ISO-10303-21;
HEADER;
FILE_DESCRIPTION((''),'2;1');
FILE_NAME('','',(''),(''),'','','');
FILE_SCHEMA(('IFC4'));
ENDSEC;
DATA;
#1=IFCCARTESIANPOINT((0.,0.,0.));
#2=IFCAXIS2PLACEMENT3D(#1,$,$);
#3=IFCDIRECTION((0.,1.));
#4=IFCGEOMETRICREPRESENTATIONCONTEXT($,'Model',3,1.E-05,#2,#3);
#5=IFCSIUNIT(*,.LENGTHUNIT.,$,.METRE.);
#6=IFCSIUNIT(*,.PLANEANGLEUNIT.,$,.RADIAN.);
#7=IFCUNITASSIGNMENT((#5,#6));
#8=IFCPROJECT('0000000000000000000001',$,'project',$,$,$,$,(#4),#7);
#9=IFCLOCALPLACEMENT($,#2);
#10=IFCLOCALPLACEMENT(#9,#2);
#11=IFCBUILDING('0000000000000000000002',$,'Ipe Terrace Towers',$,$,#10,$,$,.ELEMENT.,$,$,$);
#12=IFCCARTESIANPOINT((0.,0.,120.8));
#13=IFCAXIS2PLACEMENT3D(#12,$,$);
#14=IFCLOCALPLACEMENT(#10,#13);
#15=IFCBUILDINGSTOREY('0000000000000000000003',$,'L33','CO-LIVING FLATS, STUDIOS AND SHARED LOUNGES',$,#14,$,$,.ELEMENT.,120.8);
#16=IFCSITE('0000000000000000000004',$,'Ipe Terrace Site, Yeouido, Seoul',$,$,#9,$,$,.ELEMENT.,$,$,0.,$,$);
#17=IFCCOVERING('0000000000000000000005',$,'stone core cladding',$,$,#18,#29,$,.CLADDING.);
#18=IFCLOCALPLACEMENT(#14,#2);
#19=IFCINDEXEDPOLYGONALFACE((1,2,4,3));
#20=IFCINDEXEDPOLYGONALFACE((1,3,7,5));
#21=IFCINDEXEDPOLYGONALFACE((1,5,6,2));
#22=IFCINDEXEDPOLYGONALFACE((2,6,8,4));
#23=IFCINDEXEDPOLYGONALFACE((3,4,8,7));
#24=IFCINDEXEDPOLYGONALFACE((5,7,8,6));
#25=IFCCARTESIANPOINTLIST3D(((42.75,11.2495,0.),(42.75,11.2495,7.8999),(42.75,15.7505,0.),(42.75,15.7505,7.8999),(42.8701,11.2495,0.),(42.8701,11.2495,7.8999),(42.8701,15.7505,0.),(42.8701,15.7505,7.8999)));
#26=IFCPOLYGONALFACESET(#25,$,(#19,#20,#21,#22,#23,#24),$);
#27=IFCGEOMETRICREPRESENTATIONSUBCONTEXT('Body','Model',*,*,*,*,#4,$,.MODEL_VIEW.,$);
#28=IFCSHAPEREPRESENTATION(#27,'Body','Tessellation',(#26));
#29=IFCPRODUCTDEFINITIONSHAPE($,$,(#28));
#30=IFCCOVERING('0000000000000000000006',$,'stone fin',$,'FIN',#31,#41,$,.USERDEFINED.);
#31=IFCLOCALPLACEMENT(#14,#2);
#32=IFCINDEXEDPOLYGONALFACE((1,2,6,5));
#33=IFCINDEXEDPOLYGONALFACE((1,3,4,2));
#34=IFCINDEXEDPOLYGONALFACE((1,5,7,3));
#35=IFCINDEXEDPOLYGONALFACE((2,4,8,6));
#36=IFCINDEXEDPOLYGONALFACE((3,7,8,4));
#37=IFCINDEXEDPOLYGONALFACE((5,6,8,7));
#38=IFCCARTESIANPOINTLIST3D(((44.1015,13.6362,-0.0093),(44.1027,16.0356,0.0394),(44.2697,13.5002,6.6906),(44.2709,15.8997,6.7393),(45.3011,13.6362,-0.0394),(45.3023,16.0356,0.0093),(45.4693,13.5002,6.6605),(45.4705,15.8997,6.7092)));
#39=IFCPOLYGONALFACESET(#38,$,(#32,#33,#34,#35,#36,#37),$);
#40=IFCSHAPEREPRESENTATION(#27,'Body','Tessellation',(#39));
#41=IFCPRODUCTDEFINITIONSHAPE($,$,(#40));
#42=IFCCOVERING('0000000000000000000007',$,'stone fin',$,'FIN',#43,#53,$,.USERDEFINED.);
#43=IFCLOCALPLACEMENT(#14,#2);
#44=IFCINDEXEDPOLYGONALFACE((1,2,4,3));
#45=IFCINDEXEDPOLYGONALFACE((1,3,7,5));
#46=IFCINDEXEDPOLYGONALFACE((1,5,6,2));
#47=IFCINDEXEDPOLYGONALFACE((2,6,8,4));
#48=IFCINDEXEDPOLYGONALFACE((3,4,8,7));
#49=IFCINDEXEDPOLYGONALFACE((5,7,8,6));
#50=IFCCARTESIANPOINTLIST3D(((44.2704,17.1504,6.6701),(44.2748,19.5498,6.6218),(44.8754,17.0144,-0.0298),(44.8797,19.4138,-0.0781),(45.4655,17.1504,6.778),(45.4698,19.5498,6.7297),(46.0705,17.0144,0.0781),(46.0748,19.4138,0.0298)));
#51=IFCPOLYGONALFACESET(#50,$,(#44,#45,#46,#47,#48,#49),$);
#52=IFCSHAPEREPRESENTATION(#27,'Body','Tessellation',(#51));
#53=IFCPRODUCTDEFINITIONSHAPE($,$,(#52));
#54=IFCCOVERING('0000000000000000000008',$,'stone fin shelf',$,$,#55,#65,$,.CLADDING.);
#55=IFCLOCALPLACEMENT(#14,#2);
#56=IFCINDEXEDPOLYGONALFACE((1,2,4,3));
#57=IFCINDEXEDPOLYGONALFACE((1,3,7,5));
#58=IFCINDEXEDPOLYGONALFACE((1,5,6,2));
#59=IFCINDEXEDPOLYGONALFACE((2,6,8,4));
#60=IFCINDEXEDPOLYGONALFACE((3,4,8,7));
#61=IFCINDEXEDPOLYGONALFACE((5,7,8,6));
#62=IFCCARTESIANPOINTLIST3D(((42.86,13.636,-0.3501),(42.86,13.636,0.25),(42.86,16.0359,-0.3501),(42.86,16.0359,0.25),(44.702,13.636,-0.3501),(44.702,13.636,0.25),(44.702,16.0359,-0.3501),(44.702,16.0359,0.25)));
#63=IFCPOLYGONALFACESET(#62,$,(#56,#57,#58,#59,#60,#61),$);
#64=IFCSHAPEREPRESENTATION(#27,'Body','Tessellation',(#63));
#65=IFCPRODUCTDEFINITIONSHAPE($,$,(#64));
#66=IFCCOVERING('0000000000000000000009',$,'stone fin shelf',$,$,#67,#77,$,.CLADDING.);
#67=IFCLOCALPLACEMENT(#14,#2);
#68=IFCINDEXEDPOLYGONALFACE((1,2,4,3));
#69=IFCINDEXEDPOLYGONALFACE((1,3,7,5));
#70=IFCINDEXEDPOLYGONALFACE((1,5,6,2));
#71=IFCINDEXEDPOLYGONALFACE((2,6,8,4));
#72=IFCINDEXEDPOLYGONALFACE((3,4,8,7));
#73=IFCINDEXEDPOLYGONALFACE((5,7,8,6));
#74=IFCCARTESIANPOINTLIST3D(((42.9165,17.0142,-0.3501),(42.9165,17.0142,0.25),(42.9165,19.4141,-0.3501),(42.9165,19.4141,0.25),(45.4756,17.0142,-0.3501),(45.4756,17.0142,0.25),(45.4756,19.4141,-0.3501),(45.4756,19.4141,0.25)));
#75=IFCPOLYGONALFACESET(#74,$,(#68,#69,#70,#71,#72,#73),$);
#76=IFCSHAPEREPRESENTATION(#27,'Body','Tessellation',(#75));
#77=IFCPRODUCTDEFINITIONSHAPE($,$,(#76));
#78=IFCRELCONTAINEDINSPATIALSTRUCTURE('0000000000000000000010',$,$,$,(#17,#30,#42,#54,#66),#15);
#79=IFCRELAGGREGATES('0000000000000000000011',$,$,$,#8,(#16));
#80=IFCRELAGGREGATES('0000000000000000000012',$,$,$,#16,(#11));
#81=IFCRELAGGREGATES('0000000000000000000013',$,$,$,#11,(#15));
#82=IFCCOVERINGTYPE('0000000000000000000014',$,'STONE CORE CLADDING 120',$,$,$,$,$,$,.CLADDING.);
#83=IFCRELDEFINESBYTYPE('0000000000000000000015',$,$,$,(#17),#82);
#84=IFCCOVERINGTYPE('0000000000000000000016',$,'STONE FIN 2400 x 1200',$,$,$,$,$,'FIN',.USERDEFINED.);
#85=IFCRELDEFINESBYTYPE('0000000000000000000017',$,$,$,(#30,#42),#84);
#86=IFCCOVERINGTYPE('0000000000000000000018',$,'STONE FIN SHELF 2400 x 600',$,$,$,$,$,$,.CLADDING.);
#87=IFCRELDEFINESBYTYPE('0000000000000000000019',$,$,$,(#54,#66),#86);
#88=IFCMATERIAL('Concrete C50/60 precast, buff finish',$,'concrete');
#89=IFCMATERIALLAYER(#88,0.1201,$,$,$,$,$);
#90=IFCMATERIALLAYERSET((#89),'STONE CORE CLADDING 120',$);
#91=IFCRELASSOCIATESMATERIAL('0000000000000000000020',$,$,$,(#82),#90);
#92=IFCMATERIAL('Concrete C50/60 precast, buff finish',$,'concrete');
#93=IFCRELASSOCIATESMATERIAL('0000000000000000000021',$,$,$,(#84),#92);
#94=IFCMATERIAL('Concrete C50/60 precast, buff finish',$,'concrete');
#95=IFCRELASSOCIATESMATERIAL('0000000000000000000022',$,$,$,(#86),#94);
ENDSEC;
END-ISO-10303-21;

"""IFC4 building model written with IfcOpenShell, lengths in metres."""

from ifc_helpers import new_model, si_unit, direction, frame, origin, origin_2d, place, context, subcontext, project, spatial, rectangle, extrude, material, layer, layer_set, material_profile, profile_set, type_object, element, save


model = new_model("IFC4")

# Units and contexts
model_context = context("Model", 3, precision=1e-05, world=origin(), true_north=direction((0.0, 1.0)))
body_context = subcontext(model_context, "Body", "Model", "MODEL_VIEW")
ifc_project = project(units=[si_unit("LENGTHUNIT", "METRE"), si_unit("PLANEANGLEUNIT", "RADIAN")], contexts=[model_context])

# Site, building, storey
site_placement = place(None, origin())
site = spatial("IfcSite", under=ifc_project, at=site_placement, Name="Ipe Terrace Site, Yeouido, Seoul", CompositionType="ELEMENT", RefElevation=0.0)
building_placement = place(site_placement, origin())
building = spatial("IfcBuilding", under=site, at=building_placement, Name="Ipe Terrace Towers", CompositionType="ELEMENT")
storey_placement = place(building_placement, frame((0.0, 0.0, 120.8)))
storey = spatial("IfcBuildingStorey", under=building, at=storey_placement, Name="L33", Description="CO-LIVING FLATS, STUDIOS AND SHARED LOUNGES", CompositionType="ELEMENT", Elevation=120.8)

# Coverings
ifc_material_1 = material(Name="Concrete C50/60 precast, buff finish", Category="concrete")
ifc_layer_1 = layer(ifc_material_1, 0.1201)
ifc_layer_set_1 = layer_set([ifc_layer_1], Name="STONE CORE CLADDING 120")
covering_type_1 = type_object("IfcCoveringType", Name="STONE CORE CLADDING 120", PredefinedType="CLADDING", material=ifc_layer_set_1)
covering_1_placement = place(storey_placement, frame((42.8101, 13.5, 0.0), z_axis=(0.0, 0.0, 1.0), x_axis=(0.0, 1.0, 0.0)))
element("IfcCovering", 1, at=covering_1_placement, inside=storey, type_object=covering_type_1, Name="stone core cladding", PredefinedType="CLADDING", context=body_context, shape_type="SweptSolid", body=[
    extrude(rectangle(XDim=4.501, YDim=0.1201, at=origin_2d()), origin(), (0.0, 0.0, 1.0), 7.8999),
])
ifc_material_2 = material(Name="Concrete C50/60 precast, buff finish", Category="concrete")
ifc_material_profile_1 = material_profile(ifc_material_2, rectangle(XDim=2.3999, YDim=1.2, at=origin_2d()), Name="STONE FIN 2400 x 1200")
ifc_profile_set_1 = profile_set([ifc_material_profile_1], Name="Concrete C50/60 precast, buff finish")
covering_type_2 = type_object("IfcCoveringType", Name="STONE FIN 2400 x 1200", ElementType="FIN", PredefinedType="USERDEFINED", material=ifc_profile_set_1)
covering_2_placement = place(storey_placement, frame((44.7019, 14.8359, 0.0), z_axis=(0.025094, -0.020286, 0.999479), x_axis=(0.000509, 0.999794, 0.02028)))
element("IfcCovering", 2, at=covering_2_placement, inside=storey, type_object=covering_type_2, Name="stone fin", ObjectType="FIN", PredefinedType="USERDEFINED", context=body_context, shape_type="SweptSolid", body=[
    extrude(rectangle(XDim=2.3999, YDim=1.2, at=origin_2d()), origin(), (0.0, 0.0, 1.0), 6.7034),
])
covering_3_placement = place(storey_placement, frame((45.4751, 18.2141, 0.0), z_axis=(-0.089912, 0.02021, 0.995745), x_axis=(0.001818, 0.999796, -0.020128)))
element("IfcCovering", 3, at=covering_3_placement, inside=storey, type_object=covering_type_2, Name="stone fin", ObjectType="FIN", PredefinedType="USERDEFINED", context=body_context, shape_type="SweptSolid", body=[
    extrude(rectangle(XDim=2.3999, YDim=1.2, at=origin_2d()), origin(), (0.0, 0.0, 1.0), 6.7285),
])
ifc_material_3 = material(Name="Concrete C50/60 precast, buff finish", Category="concrete")
covering_type_3 = type_object("IfcCoveringType", Name="STONE FIN SHELF 2400 x 600", PredefinedType="CLADDING", material=ifc_material_3)
covering_4_placement = place(storey_placement, frame((43.781, 14.8359, -0.3501), z_axis=(0.0, 0.0, 1.0), x_axis=(0.0, 1.0, 0.0)))
element("IfcCovering", 4, at=covering_4_placement, inside=storey, type_object=covering_type_3, Name="stone fin shelf", PredefinedType="CLADDING", context=body_context, shape_type="SweptSolid", body=[
    extrude(rectangle(XDim=2.3999, YDim=1.842, at=origin_2d()), origin(), (0.0, 0.0, 1.0), 0.6001),
])
covering_5_placement = place(storey_placement, frame((44.196, 18.2141, -0.3501), z_axis=(0.0, 0.0, 1.0), x_axis=(0.0, 1.0, 0.0)))
element("IfcCovering", 5, at=covering_5_placement, inside=storey, type_object=covering_type_3, Name="stone fin shelf", PredefinedType="CLADDING", context=body_context, shape_type="SweptSolid", body=[
    extrude(rectangle(XDim=2.3999, YDim=2.5591, at=origin_2d()), origin(), (0.0, 0.0, 1.0), 0.6001),
])

save(model, "model.ifc")
